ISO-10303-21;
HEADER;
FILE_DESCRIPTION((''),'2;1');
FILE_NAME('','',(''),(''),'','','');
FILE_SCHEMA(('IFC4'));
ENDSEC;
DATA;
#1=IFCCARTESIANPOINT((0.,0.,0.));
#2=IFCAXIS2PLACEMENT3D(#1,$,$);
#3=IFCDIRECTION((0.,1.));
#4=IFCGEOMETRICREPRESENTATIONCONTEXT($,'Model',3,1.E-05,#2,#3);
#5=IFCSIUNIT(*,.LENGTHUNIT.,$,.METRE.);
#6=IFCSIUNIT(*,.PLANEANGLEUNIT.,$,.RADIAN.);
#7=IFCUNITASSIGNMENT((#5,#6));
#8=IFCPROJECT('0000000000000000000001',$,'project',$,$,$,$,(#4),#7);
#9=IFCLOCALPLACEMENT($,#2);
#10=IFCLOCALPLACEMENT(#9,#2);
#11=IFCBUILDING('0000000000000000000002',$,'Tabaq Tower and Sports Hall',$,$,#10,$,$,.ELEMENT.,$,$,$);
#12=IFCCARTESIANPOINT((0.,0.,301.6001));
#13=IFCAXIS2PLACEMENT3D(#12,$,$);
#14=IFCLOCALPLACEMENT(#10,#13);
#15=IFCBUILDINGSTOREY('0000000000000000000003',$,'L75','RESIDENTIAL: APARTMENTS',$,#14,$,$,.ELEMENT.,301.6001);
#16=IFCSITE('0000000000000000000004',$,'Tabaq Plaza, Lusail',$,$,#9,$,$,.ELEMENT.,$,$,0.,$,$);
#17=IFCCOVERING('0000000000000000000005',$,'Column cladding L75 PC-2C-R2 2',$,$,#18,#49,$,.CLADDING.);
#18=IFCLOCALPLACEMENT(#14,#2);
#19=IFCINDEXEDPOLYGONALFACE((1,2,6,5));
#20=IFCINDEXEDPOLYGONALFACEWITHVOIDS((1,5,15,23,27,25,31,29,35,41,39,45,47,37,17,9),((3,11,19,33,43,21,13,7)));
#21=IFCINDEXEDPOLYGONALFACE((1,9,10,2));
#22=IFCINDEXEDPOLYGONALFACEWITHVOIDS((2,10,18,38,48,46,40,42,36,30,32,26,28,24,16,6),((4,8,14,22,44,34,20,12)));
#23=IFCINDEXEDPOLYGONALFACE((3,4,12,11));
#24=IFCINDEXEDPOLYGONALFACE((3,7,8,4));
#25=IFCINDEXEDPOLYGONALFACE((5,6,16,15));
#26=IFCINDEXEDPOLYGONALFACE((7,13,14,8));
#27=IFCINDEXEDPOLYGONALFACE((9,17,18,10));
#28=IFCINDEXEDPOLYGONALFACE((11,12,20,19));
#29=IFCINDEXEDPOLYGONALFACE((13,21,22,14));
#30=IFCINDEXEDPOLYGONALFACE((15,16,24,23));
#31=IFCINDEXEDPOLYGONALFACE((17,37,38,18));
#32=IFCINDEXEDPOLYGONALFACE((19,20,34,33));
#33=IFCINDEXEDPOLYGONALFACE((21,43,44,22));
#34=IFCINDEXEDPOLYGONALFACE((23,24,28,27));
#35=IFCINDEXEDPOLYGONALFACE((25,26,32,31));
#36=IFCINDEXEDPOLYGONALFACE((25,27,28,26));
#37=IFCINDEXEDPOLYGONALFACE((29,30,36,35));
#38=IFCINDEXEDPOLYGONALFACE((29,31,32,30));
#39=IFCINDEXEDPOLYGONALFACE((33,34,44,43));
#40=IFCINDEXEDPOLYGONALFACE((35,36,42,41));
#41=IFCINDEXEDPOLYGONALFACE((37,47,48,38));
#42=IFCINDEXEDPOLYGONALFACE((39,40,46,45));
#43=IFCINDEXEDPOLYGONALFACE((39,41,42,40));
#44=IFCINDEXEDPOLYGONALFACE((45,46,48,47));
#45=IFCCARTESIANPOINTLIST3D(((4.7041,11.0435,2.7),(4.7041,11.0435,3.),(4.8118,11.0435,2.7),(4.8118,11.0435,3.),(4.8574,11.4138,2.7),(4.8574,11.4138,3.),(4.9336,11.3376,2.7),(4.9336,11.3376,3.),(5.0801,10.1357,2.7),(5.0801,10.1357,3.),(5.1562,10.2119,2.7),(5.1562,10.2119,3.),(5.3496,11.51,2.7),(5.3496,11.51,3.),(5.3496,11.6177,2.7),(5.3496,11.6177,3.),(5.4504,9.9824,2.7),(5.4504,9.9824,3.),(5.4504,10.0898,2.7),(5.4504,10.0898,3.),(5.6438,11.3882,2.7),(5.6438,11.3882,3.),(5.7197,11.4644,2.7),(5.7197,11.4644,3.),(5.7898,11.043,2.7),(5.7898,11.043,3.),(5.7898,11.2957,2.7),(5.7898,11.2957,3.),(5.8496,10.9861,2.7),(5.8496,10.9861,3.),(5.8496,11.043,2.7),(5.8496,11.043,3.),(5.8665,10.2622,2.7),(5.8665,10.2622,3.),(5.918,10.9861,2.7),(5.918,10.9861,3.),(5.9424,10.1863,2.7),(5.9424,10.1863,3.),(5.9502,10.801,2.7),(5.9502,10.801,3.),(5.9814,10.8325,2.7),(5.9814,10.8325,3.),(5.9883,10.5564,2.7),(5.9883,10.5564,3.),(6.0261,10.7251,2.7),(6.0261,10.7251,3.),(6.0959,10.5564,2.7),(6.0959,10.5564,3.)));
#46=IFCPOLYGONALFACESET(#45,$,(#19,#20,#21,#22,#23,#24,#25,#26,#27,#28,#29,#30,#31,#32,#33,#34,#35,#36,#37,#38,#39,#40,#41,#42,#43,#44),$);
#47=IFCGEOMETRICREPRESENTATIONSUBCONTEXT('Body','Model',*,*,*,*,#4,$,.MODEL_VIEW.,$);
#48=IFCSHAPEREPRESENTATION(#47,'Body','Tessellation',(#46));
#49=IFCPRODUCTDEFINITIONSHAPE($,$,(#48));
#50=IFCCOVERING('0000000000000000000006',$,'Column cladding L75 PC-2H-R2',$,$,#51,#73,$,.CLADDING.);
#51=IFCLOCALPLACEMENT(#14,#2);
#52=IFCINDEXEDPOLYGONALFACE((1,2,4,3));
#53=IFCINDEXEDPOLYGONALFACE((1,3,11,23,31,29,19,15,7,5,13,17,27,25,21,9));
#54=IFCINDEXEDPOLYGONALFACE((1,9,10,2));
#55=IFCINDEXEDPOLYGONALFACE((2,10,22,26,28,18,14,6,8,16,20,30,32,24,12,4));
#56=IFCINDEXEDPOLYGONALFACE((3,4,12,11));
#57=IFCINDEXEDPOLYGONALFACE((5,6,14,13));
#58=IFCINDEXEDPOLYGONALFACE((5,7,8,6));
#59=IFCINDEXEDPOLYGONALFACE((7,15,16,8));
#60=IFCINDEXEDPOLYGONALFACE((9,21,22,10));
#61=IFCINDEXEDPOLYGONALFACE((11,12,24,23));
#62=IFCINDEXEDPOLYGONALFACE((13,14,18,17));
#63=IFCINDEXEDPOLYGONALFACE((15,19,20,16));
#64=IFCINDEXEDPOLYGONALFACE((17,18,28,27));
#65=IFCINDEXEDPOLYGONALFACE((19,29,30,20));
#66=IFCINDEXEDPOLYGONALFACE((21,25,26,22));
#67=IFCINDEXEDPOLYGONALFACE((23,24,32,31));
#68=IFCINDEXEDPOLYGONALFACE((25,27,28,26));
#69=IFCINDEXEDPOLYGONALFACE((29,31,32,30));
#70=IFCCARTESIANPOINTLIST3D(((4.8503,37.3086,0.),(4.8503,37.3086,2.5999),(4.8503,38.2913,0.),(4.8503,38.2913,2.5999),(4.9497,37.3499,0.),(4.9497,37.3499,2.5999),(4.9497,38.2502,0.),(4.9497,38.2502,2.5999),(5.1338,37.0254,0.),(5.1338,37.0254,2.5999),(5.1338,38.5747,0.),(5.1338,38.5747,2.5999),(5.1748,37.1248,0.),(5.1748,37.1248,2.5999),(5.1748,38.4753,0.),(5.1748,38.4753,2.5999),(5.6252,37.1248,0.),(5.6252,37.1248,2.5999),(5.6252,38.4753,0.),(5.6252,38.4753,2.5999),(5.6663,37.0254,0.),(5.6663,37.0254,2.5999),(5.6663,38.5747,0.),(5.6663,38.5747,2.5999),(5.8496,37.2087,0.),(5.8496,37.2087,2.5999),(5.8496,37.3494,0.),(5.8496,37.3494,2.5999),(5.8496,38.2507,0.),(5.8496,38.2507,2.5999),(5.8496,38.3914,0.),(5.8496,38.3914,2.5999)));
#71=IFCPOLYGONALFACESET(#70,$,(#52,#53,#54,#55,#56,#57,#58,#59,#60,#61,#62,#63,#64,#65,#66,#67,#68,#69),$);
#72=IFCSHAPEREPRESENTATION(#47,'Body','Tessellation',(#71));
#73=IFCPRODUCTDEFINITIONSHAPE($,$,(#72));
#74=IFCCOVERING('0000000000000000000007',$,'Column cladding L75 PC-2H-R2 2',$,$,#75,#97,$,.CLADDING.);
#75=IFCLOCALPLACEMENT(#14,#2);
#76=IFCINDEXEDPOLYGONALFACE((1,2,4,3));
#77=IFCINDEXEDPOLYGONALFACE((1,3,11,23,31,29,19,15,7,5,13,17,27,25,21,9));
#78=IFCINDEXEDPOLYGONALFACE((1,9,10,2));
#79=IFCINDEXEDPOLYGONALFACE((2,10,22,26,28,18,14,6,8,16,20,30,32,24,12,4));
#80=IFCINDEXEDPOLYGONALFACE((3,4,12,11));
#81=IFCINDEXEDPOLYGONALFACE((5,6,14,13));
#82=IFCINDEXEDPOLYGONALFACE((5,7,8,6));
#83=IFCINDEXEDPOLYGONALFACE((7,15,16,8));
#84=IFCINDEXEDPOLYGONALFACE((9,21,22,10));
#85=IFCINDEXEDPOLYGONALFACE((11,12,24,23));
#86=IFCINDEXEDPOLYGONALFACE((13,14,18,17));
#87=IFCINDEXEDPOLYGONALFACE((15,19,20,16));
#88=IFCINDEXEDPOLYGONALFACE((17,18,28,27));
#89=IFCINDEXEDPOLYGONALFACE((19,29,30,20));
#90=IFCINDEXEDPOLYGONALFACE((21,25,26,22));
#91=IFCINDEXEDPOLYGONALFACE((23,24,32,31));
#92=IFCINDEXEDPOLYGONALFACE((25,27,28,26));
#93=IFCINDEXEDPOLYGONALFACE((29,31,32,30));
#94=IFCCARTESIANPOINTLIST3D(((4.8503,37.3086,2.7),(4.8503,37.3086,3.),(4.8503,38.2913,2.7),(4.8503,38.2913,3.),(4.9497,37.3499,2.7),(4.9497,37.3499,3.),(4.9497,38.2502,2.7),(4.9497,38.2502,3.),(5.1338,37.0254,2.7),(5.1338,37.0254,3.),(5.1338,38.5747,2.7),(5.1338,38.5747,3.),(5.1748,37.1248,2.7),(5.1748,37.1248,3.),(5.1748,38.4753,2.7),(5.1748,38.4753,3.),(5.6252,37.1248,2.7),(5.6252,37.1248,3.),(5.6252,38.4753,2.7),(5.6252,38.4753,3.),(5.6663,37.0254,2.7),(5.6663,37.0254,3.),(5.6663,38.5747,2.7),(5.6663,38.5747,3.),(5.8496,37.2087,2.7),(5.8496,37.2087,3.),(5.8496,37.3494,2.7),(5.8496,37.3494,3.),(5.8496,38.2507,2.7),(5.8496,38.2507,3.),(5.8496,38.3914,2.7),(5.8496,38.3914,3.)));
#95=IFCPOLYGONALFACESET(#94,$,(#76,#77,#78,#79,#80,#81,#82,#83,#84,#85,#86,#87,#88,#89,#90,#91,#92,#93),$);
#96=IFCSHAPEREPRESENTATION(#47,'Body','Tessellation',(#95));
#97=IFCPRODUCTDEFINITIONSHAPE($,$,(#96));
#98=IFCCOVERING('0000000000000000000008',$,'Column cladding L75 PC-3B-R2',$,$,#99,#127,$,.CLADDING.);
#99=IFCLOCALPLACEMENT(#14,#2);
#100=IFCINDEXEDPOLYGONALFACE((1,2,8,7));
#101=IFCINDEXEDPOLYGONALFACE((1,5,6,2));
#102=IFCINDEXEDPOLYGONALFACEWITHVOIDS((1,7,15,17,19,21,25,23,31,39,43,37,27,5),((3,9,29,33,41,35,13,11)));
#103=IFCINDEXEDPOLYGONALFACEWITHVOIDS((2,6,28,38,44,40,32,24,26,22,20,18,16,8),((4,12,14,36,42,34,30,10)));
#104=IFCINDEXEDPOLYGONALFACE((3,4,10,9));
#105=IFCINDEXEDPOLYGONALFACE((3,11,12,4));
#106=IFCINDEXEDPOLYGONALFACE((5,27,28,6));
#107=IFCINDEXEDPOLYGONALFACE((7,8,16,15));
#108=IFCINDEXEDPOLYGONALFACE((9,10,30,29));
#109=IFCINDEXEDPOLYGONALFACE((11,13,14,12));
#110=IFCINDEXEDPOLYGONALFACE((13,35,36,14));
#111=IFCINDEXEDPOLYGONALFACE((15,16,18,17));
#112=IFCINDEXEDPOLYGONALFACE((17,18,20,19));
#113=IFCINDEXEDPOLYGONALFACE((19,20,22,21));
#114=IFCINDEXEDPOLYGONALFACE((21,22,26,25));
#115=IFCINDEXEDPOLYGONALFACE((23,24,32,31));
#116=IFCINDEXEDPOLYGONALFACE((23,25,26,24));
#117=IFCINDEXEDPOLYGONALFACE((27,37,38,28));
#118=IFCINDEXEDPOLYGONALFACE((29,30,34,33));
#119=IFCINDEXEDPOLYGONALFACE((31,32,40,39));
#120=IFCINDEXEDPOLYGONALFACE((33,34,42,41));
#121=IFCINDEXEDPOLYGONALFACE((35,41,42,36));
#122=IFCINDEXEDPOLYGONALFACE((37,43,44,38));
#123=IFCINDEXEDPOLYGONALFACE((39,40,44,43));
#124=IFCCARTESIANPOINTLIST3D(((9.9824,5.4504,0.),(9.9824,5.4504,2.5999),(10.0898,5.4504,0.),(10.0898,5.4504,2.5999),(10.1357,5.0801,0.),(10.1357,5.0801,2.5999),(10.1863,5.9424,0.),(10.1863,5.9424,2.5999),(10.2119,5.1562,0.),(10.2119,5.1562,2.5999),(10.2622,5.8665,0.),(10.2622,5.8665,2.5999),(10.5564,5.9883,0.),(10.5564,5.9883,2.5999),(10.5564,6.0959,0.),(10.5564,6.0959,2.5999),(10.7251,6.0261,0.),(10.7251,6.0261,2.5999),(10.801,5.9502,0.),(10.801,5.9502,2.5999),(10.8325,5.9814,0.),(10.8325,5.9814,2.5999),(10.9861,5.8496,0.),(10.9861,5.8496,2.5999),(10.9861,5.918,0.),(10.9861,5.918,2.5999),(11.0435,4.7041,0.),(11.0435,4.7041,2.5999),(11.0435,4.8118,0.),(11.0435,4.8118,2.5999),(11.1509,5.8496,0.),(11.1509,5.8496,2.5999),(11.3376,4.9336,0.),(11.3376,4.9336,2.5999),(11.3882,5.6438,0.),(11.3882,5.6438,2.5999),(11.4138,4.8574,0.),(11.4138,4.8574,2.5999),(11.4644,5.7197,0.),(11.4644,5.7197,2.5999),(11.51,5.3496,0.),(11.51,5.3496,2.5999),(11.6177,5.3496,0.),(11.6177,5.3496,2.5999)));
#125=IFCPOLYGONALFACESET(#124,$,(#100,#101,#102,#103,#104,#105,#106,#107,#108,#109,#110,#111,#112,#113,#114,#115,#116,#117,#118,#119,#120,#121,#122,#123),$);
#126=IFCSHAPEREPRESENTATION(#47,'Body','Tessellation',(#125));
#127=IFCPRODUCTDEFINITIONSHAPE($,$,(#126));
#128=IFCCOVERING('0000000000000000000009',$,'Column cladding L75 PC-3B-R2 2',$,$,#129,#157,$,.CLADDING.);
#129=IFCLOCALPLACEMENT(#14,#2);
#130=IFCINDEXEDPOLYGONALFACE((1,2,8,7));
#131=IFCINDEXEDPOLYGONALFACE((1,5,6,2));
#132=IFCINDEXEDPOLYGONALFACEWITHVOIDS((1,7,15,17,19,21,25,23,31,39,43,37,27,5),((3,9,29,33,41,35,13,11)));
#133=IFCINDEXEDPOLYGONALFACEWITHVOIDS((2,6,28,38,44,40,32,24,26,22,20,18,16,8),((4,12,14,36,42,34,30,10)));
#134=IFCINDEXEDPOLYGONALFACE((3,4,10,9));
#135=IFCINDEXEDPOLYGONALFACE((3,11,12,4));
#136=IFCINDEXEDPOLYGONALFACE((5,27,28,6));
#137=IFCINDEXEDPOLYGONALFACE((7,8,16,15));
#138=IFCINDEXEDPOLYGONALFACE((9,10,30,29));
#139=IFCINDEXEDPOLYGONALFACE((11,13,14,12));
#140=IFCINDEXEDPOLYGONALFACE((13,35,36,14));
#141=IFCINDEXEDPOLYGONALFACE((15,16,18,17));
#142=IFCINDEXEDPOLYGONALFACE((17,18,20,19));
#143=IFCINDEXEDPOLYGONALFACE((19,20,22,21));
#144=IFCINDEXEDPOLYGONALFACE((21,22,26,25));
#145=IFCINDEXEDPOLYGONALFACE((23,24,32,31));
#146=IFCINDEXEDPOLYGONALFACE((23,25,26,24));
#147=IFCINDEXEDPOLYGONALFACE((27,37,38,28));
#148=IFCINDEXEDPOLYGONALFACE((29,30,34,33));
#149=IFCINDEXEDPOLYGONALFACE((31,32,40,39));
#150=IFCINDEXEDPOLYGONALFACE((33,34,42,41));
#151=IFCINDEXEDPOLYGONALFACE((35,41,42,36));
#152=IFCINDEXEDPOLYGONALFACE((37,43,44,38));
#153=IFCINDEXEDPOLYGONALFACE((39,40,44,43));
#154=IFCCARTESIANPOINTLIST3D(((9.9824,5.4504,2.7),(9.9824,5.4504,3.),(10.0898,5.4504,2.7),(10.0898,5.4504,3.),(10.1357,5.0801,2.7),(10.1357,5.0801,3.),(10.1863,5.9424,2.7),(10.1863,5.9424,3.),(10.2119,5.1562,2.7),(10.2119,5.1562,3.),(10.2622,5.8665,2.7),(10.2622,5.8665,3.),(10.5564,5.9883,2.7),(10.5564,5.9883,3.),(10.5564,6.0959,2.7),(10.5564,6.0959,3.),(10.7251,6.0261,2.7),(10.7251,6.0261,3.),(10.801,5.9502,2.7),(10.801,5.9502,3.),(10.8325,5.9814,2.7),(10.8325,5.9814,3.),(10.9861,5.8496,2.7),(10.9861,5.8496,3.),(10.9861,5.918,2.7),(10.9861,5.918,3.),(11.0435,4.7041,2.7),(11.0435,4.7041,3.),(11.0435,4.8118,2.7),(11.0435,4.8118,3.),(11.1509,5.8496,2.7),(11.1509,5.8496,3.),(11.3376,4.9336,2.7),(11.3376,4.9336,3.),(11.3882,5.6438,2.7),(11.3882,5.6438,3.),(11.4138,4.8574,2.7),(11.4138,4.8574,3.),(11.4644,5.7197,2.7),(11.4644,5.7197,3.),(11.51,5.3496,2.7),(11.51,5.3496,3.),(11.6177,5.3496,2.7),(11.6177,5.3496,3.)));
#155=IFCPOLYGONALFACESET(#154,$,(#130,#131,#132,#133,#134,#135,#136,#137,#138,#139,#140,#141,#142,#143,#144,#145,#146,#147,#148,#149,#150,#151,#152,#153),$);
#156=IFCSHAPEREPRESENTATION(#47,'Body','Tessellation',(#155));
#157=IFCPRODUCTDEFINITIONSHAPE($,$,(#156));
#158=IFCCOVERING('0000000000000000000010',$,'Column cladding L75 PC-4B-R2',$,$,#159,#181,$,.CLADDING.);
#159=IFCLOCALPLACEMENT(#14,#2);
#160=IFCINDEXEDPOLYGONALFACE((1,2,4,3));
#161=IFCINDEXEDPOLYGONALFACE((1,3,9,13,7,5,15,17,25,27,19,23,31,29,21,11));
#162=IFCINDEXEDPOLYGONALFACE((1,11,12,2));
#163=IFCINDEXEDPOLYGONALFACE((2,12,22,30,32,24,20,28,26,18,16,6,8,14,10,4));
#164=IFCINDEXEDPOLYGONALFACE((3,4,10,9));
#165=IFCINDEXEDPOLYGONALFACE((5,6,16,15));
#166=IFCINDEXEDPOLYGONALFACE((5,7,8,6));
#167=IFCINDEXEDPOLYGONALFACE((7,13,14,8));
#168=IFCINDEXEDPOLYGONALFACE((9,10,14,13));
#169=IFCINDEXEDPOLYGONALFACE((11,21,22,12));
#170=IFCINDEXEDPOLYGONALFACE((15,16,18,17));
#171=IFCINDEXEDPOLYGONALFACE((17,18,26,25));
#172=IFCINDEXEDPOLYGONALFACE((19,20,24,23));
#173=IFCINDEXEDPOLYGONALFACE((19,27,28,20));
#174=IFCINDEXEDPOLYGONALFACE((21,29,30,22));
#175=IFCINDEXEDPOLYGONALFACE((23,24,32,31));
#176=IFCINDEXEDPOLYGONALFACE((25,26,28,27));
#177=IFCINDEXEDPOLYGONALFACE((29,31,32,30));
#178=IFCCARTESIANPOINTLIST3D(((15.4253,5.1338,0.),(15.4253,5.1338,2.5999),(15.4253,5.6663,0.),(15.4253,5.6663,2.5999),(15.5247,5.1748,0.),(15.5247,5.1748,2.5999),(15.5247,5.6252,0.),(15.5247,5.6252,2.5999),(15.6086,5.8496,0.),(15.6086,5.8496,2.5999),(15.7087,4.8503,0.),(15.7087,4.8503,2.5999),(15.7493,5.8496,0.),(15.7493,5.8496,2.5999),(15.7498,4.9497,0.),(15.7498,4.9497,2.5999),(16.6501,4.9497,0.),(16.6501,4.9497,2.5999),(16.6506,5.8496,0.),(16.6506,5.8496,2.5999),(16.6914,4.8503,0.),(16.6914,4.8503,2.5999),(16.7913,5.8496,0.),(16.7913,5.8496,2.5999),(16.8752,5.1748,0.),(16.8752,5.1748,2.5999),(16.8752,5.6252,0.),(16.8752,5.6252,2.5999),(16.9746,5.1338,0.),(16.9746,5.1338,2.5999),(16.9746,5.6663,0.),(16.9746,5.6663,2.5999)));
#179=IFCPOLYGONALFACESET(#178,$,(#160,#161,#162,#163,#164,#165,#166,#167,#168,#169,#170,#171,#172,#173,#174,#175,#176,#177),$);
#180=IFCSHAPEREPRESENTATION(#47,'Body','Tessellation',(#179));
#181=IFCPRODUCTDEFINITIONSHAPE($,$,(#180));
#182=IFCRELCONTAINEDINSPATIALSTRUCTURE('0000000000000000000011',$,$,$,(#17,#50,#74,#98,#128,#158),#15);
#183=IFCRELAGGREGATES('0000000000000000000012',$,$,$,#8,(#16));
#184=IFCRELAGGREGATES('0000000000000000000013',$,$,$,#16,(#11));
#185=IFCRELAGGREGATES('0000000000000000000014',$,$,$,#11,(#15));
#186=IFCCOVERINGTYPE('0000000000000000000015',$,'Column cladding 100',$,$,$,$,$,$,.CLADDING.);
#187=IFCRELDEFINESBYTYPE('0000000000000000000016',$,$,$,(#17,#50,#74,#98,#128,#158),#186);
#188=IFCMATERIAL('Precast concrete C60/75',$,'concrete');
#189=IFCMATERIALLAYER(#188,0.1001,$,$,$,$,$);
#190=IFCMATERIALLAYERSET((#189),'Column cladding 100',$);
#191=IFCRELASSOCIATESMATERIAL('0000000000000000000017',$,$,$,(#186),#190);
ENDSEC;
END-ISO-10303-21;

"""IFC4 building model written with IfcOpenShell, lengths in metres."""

from ifc_helpers import new_model, si_unit, direction, frame, origin, place, context, subcontext, project, spatial, polyline, outline, extrude, material, layer, layer_set, type_object, element, save


model = new_model("IFC4")

# Units and contexts
model_context = context("Model", 3, precision=1e-05, world=origin(), true_north=direction((0.0, 1.0)))
body_context = subcontext(model_context, "Body", "Model", "MODEL_VIEW")
ifc_project = project(units=[si_unit("LENGTHUNIT", "METRE"), si_unit("PLANEANGLEUNIT", "RADIAN")], contexts=[model_context])

# Site, building, storey
site_placement = place(None, origin())
site = spatial("IfcSite", under=ifc_project, at=site_placement, Name="Tabaq Plaza, Lusail", CompositionType="ELEMENT", RefElevation=0.0)
building_placement = place(site_placement, origin())
building = spatial("IfcBuilding", under=site, at=building_placement, Name="Tabaq Tower and Sports Hall", CompositionType="ELEMENT")
storey_placement = place(building_placement, frame((0.0, 0.0, 301.6001)))
storey = spatial("IfcBuildingStorey", under=building, at=storey_placement, Name="L75", Description="RESIDENTIAL: APARTMENTS", CompositionType="ELEMENT", Elevation=301.6001)

# Coverings
ifc_material_1 = material(Name="Precast concrete C60/75", Category="concrete")
ifc_layer_1 = layer(ifc_material_1, 0.1001)
ifc_layer_set_1 = layer_set([ifc_layer_1], Name="Column cladding 100")
covering_type = type_object("IfcCoveringType", Name="Column cladding 100", PredefinedType="CLADDING", material=ifc_layer_set_1)
covering_1_placement = place(storey_placement, frame((0.0, 0.0, 2.7)))
element("IfcCovering", 1, at=covering_1_placement, inside=storey, type_object=covering_type, Name="Column cladding L75 PC-2C-R2 2", PredefinedType="CLADDING", context=body_context, shape_type="SweptSolid", body=[
    extrude(outline(polyline([(5.4504, 9.9824), (5.0801, 10.1357), (4.7041, 11.0435), (4.8574, 11.4138), (5.3496, 11.6177), (5.7197, 11.4644), (5.7898, 11.2957), (5.7898, 11.043), (5.8496, 11.043), (5.8496, 10.9861), (5.918, 10.9861), (5.9814, 10.8325), (5.9502, 10.801), (6.0261, 10.7251), (6.0959, 10.5564), (5.9424, 10.1863), (5.4504, 9.9824)]), holes=[polyline([(5.3496, 11.51), (4.9336, 11.3376), (4.8118, 11.0435), (5.1562, 10.2119), (5.4504, 10.0898), (5.8665, 10.2622), (5.9883, 10.5564), (5.6438, 11.3882), (5.3496, 11.51)])]), origin(), (0.0, 0.0, 1.0), 0.3),
])
covering_2_placement = place(storey_placement, origin())
element("IfcCovering", 2, at=covering_2_placement, inside=storey, type_object=covering_type, Name="Column cladding L75 PC-2H-R2", PredefinedType="CLADDING", context=body_context, shape_type="SweptSolid", body=[
    extrude(outline(polyline([(5.1338, 37.0254), (4.8503, 37.3086), (4.8503, 38.2913), (5.1338, 38.5747), (5.6663, 38.5747), (5.8496, 38.3914), (5.8496, 38.2507), (5.6252, 38.4753), (5.1748, 38.4753), (4.9497, 38.2502), (4.9497, 37.3499), (5.1748, 37.1248), (5.6252, 37.1248), (5.8496, 37.3494), (5.8496, 37.2087), (5.6663, 37.0254), (5.1338, 37.0254)])), origin(), (0.0, 0.0, 1.0), 2.5999),
])
covering_3_placement = place(storey_placement, frame((0.0, 0.0, 2.7)))
element("IfcCovering", 3, at=covering_3_placement, inside=storey, type_object=covering_type, Name="Column cladding L75 PC-2H-R2 2", PredefinedType="CLADDING", context=body_context, shape_type="SweptSolid", body=[
    extrude(outline(polyline([(5.1338, 37.0254), (4.8503, 37.3086), (4.8503, 38.2913), (5.1338, 38.5747), (5.6663, 38.5747), (5.8496, 38.3914), (5.8496, 38.2507), (5.6252, 38.4753), (5.1748, 38.4753), (4.9497, 38.2502), (4.9497, 37.3499), (5.1748, 37.1248), (5.6252, 37.1248), (5.8496, 37.3494), (5.8496, 37.2087), (5.6663, 37.0254), (5.1338, 37.0254)])), origin(), (0.0, 0.0, 1.0), 0.3),
])
covering_4_placement = place(storey_placement, origin())
element("IfcCovering", 4, at=covering_4_placement, inside=storey, type_object=covering_type, Name="Column cladding L75 PC-3B-R2", PredefinedType="CLADDING", context=body_context, shape_type="SweptSolid", body=[
    extrude(outline(polyline([(11.4138, 4.8574), (11.0435, 4.7041), (10.1357, 5.0801), (9.9824, 5.4504), (10.1863, 5.9424), (10.5564, 6.0959), (10.7251, 6.0261), (10.801, 5.9502), (10.8325, 5.9814), (10.9861, 5.918), (10.9861, 5.8496), (11.1509, 5.8496), (11.4644, 5.7197), (11.6177, 5.3496), (11.4138, 4.8574)]), holes=[polyline([(10.2622, 5.8665), (10.0898, 5.4504), (10.2119, 5.1562), (11.0435, 4.8118), (11.3376, 4.9336), (11.51, 5.3496), (11.3882, 5.6438), (10.5564, 5.9883), (10.2622, 5.8665)])]), origin(), (0.0, 0.0, 1.0), 2.5999),
])
covering_5_placement = place(storey_placement, frame((0.0, 0.0, 2.7)))
element("IfcCovering", 5, at=covering_5_placement, inside=storey, type_object=covering_type, Name="Column cladding L75 PC-3B-R2 2", PredefinedType="CLADDING", context=body_context, shape_type="SweptSolid", body=[
    extrude(outline(polyline([(11.4138, 4.8574), (11.0435, 4.7041), (10.1357, 5.0801), (9.9824, 5.4504), (10.1863, 5.9424), (10.5564, 6.0959), (10.7251, 6.0261), (10.801, 5.9502), (10.8325, 5.9814), (10.9861, 5.918), (10.9861, 5.8496), (11.1509, 5.8496), (11.4644, 5.7197), (11.6177, 5.3496), (11.4138, 4.8574)]), holes=[polyline([(10.2622, 5.8665), (10.0898, 5.4504), (10.2119, 5.1562), (11.0435, 4.8118), (11.3376, 4.9336), (11.51, 5.3496), (11.3882, 5.6438), (10.5564, 5.9883), (10.2622, 5.8665)])]), origin(), (0.0, 0.0, 1.0), 0.3),
])
covering_6_placement = place(storey_placement, origin())
element("IfcCovering", 6, at=covering_6_placement, inside=storey, type_object=covering_type, Name="Column cladding L75 PC-4B-R2", PredefinedType="CLADDING", context=body_context, shape_type="SweptSolid", body=[
    extrude(outline(polyline([(15.4253, 5.6663), (15.6086, 5.8496), (15.7493, 5.8496), (15.5247, 5.6252), (15.5247, 5.1748), (15.7498, 4.9497), (16.6501, 4.9497), (16.8752, 5.1748), (16.8752, 5.6252), (16.6506, 5.8496), (16.7913, 5.8496), (16.9746, 5.6663), (16.9746, 5.1338), (16.6914, 4.8503), (15.7087, 4.8503), (15.4253, 5.1338), (15.4253, 5.6663)])), origin(), (0.0, 0.0, 1.0), 2.5999),
])

save(model, "model.ifc")
